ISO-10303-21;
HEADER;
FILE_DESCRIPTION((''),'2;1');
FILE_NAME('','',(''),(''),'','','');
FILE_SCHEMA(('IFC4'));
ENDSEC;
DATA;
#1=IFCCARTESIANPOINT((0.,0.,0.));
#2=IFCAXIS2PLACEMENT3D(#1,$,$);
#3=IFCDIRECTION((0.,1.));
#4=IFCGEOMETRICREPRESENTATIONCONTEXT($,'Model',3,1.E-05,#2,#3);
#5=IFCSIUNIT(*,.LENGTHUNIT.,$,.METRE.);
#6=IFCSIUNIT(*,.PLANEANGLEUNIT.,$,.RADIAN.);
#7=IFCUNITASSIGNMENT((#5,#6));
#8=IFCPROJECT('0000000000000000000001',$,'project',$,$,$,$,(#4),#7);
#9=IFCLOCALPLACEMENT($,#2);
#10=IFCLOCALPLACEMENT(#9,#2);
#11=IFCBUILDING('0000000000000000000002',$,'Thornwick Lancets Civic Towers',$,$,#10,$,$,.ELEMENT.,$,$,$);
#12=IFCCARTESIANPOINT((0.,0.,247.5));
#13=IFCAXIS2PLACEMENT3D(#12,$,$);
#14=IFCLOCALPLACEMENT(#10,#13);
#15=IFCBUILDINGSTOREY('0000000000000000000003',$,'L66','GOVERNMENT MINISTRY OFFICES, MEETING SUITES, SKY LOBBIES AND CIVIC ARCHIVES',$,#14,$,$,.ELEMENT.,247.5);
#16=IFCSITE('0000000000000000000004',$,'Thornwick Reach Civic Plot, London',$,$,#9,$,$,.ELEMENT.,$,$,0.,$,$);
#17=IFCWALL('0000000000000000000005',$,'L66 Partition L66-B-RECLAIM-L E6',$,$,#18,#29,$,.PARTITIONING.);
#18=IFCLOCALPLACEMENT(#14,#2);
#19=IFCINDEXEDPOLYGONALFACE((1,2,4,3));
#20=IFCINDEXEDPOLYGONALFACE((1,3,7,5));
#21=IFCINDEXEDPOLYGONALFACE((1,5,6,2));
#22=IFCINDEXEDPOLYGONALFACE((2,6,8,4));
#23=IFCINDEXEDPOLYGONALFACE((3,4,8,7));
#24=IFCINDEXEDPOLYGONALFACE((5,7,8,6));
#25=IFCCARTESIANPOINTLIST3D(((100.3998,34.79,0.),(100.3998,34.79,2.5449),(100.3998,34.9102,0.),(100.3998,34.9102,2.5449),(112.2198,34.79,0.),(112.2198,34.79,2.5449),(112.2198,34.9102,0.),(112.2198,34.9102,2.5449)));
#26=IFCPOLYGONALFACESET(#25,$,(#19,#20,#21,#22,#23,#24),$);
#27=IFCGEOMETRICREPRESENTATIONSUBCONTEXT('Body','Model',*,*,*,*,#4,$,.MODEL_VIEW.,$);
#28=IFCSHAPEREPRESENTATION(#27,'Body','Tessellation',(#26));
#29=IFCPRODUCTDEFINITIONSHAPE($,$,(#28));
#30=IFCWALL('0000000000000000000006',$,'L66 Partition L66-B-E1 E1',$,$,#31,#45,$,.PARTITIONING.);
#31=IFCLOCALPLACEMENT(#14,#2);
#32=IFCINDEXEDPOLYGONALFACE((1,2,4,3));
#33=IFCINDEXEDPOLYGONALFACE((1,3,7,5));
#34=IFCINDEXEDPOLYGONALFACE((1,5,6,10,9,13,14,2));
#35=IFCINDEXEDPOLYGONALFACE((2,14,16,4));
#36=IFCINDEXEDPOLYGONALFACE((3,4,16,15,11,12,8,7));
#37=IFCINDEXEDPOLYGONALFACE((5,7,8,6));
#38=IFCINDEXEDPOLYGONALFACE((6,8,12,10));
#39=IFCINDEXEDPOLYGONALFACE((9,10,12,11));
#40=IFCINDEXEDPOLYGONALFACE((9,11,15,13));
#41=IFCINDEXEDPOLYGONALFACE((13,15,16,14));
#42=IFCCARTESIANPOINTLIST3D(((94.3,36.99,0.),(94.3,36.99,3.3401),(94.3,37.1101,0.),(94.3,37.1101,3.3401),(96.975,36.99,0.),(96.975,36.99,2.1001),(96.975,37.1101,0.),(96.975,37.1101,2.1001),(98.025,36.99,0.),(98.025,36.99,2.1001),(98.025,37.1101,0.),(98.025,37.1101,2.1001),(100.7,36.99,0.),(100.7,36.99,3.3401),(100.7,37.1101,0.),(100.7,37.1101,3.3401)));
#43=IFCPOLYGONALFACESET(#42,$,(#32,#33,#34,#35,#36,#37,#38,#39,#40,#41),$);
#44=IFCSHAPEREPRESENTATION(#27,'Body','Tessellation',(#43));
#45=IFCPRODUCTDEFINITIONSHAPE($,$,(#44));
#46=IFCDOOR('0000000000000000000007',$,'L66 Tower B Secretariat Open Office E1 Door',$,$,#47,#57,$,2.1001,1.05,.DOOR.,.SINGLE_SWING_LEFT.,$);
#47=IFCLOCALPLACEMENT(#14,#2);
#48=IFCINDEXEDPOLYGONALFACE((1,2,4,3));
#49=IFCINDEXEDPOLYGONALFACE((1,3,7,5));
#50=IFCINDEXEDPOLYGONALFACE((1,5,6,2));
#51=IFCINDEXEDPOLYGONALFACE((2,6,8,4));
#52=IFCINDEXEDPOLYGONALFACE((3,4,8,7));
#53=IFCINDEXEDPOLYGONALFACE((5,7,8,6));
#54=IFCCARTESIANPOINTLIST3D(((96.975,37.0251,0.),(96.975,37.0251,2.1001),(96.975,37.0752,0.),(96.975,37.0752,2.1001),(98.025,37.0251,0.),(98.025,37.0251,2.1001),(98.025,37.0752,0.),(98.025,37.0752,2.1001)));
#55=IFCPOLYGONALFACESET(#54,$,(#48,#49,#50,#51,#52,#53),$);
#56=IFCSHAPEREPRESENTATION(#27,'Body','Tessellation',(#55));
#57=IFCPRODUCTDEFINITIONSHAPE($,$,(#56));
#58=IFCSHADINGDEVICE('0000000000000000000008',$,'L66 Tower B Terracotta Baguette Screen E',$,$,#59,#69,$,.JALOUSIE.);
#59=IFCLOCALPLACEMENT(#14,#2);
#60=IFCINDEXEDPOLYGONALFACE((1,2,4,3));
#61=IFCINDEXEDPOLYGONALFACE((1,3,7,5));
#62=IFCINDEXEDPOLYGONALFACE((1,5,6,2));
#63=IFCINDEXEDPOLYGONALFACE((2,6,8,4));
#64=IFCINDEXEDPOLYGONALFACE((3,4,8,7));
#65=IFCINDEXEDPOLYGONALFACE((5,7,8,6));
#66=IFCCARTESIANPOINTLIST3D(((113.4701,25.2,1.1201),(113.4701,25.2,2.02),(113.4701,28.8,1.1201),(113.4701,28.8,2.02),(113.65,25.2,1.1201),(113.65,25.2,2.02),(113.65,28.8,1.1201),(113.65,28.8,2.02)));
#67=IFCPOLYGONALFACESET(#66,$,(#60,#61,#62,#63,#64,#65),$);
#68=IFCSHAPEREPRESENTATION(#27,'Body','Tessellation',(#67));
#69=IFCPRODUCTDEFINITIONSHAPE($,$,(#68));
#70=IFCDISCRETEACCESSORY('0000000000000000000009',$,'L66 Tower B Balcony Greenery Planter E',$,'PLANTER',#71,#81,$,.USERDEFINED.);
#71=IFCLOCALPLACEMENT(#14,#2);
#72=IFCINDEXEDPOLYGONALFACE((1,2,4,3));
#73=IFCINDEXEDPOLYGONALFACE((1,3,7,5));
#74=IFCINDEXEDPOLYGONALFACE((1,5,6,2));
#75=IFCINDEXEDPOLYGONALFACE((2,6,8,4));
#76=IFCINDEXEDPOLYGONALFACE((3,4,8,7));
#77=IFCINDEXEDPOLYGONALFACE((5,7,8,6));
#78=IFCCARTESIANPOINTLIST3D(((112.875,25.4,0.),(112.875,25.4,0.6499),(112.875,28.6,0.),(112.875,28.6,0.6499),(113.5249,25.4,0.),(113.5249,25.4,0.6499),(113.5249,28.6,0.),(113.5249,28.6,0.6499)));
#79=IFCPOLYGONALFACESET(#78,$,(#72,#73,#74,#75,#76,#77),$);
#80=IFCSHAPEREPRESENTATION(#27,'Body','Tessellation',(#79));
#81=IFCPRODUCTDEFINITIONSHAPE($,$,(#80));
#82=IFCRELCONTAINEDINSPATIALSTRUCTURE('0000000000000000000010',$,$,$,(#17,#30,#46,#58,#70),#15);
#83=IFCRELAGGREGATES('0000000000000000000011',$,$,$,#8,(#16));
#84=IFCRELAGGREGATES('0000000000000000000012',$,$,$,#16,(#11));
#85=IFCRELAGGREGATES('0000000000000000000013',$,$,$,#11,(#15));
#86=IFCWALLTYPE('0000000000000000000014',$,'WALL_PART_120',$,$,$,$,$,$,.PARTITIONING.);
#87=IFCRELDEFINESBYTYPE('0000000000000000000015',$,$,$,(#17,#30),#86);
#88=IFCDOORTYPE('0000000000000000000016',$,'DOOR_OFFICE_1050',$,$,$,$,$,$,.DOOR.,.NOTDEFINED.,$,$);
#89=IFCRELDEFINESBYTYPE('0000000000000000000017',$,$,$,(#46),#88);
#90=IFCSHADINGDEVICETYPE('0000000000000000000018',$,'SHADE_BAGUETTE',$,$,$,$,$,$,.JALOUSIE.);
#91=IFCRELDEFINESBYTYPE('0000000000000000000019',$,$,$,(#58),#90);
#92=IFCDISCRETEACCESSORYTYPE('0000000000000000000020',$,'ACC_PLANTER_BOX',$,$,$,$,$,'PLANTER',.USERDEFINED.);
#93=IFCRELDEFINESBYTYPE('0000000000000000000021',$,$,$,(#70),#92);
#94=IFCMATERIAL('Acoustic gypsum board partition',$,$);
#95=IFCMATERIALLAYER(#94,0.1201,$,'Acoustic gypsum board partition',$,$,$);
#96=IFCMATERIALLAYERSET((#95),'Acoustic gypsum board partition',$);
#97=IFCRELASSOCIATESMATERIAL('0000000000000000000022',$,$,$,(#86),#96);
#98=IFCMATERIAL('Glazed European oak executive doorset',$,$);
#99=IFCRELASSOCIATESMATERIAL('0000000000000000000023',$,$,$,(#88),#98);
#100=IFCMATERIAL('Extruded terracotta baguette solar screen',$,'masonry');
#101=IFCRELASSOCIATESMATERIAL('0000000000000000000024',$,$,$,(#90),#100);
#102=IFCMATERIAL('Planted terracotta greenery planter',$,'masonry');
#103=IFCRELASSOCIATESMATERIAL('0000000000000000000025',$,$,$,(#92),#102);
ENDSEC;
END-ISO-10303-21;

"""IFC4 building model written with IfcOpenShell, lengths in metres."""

from ifc_helpers import new_model, si_unit, direction, frame, frame_2d, origin, origin_2d, place, context, subcontext, project, spatial, rectangle, extrude, material, layer, layer_set, type_object, element, fill, save


model = new_model("IFC4")

# Units and contexts
model_context = context("Model", 3, precision=1e-05, world=origin(), true_north=direction((0.0, 1.0)))
body_context = subcontext(model_context, "Body", "Model", "MODEL_VIEW")
ifc_project = project(units=[si_unit("LENGTHUNIT", "METRE"), si_unit("PLANEANGLEUNIT", "RADIAN")], contexts=[model_context])

# Site, building, storey
site_placement = place(None, origin())
site = spatial("IfcSite", under=ifc_project, at=site_placement, Name="Thornwick Reach Civic Plot, London", CompositionType="ELEMENT", RefElevation=0.0)
building_placement = place(site_placement, origin())
building = spatial("IfcBuilding", under=site, at=building_placement, Name="Thornwick Lancets Civic Towers", CompositionType="ELEMENT")
storey_placement = place(building_placement, frame((0.0, 0.0, 247.5)))
storey = spatial("IfcBuildingStorey", under=building, at=storey_placement, Name="L66", Description="GOVERNMENT MINISTRY OFFICES, MEETING SUITES, SKY LOBBIES AND CIVIC ARCHIVES", CompositionType="ELEMENT", Elevation=247.5)

# Shared definitions
ifc_material_1 = material(Name="Acoustic gypsum board partition")
ifc_layer_1 = layer(ifc_material_1, 0.1201, Name="Acoustic gypsum board partition")
ifc_layer_set_1 = layer_set([ifc_layer_1], Name="Acoustic gypsum board partition")
wall_type_1 = type_object("IfcWallType", Name="WALL_PART_120", PredefinedType="PARTITIONING", material=ifc_layer_set_1)

# Wall
wall_1_placement = place(storey_placement, frame((112.22, 34.8501, 0.0), z_axis=(0.0, 0.0, 1.0), x_axis=(-1.0, 0.0, 0.0)))
element("IfcWall", 1, at=wall_1_placement, inside=storey, type_object=wall_type_1, Name="L66 Partition L66-B-RECLAIM-L E6", PredefinedType="PARTITIONING", context=body_context, shape_type="SweptSolid", body=[
    extrude(rectangle(XDim=11.8201, YDim=0.1201, at=frame_2d((5.9102, 0.0))), origin(), (0.0, 0.0, 1.0), 2.5449),
])

# Wall, opening, door
wall_2_placement = place(storey_placement, frame((100.7, 37.05, 0.0), z_axis=(0.0, 0.0, 1.0), x_axis=(-1.0, 0.0, 0.0)))
wall_2 = element("IfcWall", 2, at=wall_2_placement, inside=storey, type_object=wall_type_1, Name="L66 Partition L66-B-E1 E1", PredefinedType="PARTITIONING", context=body_context, shape_type="SweptSolid", body=[
    extrude(rectangle(XDim=6.3999, YDim=0.1201, at=frame_2d((3.2, 0.0))), origin(), (0.0, 0.0, 1.0), 3.3401),
])
opening_1_placement = place(wall_2_placement, frame((2.675, 0.0, 0.0)))
opening_1 = element("IfcOpeningElement", 3, at=opening_1_placement, cuts=wall_2, PredefinedType="OPENING", context=body_context, shape_type="SweptSolid", body=[
    extrude(rectangle(XDim=1.05, YDim=2.1001, at=frame_2d((0.5249, 1.05))), frame((0.0, 0.0701, 0.0), z_axis=(0.0, -1.0, 0.0), x_axis=(1.0, 0.0, 0.0)), (0.0, 0.0, 1.0), 0.1401),
])
ifc_material_2 = material(Name="Glazed European oak executive doorset")
door_type_1 = type_object("IfcDoorType", Name="DOOR_OFFICE_1050", OperationType="NOTDEFINED", PredefinedType="DOOR", material=ifc_material_2)
door_1_placement = place(opening_1_placement, origin())
door_1 = element("IfcDoor", 4, at=door_1_placement, inside=storey, type_object=door_type_1, Name="L66 Tower B Secretariat Open Office E1 Door", OperationType="SINGLE_SWING_LEFT", OverallHeight=2.1001, OverallWidth=1.05, PredefinedType="DOOR", context=body_context, shape_type="SweptSolid", body=[
    extrude(rectangle(XDim=1.05, YDim=2.1001, at=frame_2d((0.5249, 1.05))), frame((0.0, 0.0249, 0.0), z_axis=(0.0, -1.0, 0.0), x_axis=(1.0, 0.0, 0.0)), (0.0, 0.0, 1.0), 0.05),
])
fill(opening_1, door_1)

# Shading device
ifc_material_3 = material(Name="Extruded terracotta baguette solar screen", Category="masonry")
shading_device_type = type_object("IfcShadingDeviceType", Name="SHADE_BAGUETTE", PredefinedType="JALOUSIE", material=ifc_material_3)
shading_device_placement = place(storey_placement, frame((113.5601, 27.0, 1.1201), z_axis=(0.0, 0.0, 1.0), x_axis=(0.0, 1.0, 0.0)))
element("IfcShadingDevice", 5, at=shading_device_placement, inside=storey, type_object=shading_device_type, Name="L66 Tower B Terracotta Baguette Screen E", PredefinedType="JALOUSIE", context=body_context, shape_type="SweptSolid", body=[
    extrude(rectangle(XDim=3.6001, YDim=0.1799, at=origin_2d()), origin(), (0.0, 0.0, 1.0), 0.8999),
])

# Discrete accessory
ifc_material_4 = material(Name="Planted terracotta greenery planter", Category="masonry")
discrete_accessory_type = type_object("IfcDiscreteAccessoryType", Name="ACC_PLANTER_BOX", ElementType="PLANTER", PredefinedType="USERDEFINED", material=ifc_material_4)
discrete_accessory_placement = place(storey_placement, frame((113.2, 27.0, 0.0), z_axis=(0.0, 0.0, 1.0), x_axis=(1.0, 0.0, 0.0)))
element("IfcDiscreteAccessory", 6, at=discrete_accessory_placement, inside=storey, type_object=discrete_accessory_type, Name="L66 Tower B Balcony Greenery Planter E", ObjectType="PLANTER", PredefinedType="USERDEFINED", context=body_context, shape_type="SweptSolid", body=[
    extrude(rectangle(XDim=0.6499, YDim=3.2, at=origin_2d()), origin(), (0.0, 0.0, 1.0), 0.6499),
])

save(model, "model.ifc")
